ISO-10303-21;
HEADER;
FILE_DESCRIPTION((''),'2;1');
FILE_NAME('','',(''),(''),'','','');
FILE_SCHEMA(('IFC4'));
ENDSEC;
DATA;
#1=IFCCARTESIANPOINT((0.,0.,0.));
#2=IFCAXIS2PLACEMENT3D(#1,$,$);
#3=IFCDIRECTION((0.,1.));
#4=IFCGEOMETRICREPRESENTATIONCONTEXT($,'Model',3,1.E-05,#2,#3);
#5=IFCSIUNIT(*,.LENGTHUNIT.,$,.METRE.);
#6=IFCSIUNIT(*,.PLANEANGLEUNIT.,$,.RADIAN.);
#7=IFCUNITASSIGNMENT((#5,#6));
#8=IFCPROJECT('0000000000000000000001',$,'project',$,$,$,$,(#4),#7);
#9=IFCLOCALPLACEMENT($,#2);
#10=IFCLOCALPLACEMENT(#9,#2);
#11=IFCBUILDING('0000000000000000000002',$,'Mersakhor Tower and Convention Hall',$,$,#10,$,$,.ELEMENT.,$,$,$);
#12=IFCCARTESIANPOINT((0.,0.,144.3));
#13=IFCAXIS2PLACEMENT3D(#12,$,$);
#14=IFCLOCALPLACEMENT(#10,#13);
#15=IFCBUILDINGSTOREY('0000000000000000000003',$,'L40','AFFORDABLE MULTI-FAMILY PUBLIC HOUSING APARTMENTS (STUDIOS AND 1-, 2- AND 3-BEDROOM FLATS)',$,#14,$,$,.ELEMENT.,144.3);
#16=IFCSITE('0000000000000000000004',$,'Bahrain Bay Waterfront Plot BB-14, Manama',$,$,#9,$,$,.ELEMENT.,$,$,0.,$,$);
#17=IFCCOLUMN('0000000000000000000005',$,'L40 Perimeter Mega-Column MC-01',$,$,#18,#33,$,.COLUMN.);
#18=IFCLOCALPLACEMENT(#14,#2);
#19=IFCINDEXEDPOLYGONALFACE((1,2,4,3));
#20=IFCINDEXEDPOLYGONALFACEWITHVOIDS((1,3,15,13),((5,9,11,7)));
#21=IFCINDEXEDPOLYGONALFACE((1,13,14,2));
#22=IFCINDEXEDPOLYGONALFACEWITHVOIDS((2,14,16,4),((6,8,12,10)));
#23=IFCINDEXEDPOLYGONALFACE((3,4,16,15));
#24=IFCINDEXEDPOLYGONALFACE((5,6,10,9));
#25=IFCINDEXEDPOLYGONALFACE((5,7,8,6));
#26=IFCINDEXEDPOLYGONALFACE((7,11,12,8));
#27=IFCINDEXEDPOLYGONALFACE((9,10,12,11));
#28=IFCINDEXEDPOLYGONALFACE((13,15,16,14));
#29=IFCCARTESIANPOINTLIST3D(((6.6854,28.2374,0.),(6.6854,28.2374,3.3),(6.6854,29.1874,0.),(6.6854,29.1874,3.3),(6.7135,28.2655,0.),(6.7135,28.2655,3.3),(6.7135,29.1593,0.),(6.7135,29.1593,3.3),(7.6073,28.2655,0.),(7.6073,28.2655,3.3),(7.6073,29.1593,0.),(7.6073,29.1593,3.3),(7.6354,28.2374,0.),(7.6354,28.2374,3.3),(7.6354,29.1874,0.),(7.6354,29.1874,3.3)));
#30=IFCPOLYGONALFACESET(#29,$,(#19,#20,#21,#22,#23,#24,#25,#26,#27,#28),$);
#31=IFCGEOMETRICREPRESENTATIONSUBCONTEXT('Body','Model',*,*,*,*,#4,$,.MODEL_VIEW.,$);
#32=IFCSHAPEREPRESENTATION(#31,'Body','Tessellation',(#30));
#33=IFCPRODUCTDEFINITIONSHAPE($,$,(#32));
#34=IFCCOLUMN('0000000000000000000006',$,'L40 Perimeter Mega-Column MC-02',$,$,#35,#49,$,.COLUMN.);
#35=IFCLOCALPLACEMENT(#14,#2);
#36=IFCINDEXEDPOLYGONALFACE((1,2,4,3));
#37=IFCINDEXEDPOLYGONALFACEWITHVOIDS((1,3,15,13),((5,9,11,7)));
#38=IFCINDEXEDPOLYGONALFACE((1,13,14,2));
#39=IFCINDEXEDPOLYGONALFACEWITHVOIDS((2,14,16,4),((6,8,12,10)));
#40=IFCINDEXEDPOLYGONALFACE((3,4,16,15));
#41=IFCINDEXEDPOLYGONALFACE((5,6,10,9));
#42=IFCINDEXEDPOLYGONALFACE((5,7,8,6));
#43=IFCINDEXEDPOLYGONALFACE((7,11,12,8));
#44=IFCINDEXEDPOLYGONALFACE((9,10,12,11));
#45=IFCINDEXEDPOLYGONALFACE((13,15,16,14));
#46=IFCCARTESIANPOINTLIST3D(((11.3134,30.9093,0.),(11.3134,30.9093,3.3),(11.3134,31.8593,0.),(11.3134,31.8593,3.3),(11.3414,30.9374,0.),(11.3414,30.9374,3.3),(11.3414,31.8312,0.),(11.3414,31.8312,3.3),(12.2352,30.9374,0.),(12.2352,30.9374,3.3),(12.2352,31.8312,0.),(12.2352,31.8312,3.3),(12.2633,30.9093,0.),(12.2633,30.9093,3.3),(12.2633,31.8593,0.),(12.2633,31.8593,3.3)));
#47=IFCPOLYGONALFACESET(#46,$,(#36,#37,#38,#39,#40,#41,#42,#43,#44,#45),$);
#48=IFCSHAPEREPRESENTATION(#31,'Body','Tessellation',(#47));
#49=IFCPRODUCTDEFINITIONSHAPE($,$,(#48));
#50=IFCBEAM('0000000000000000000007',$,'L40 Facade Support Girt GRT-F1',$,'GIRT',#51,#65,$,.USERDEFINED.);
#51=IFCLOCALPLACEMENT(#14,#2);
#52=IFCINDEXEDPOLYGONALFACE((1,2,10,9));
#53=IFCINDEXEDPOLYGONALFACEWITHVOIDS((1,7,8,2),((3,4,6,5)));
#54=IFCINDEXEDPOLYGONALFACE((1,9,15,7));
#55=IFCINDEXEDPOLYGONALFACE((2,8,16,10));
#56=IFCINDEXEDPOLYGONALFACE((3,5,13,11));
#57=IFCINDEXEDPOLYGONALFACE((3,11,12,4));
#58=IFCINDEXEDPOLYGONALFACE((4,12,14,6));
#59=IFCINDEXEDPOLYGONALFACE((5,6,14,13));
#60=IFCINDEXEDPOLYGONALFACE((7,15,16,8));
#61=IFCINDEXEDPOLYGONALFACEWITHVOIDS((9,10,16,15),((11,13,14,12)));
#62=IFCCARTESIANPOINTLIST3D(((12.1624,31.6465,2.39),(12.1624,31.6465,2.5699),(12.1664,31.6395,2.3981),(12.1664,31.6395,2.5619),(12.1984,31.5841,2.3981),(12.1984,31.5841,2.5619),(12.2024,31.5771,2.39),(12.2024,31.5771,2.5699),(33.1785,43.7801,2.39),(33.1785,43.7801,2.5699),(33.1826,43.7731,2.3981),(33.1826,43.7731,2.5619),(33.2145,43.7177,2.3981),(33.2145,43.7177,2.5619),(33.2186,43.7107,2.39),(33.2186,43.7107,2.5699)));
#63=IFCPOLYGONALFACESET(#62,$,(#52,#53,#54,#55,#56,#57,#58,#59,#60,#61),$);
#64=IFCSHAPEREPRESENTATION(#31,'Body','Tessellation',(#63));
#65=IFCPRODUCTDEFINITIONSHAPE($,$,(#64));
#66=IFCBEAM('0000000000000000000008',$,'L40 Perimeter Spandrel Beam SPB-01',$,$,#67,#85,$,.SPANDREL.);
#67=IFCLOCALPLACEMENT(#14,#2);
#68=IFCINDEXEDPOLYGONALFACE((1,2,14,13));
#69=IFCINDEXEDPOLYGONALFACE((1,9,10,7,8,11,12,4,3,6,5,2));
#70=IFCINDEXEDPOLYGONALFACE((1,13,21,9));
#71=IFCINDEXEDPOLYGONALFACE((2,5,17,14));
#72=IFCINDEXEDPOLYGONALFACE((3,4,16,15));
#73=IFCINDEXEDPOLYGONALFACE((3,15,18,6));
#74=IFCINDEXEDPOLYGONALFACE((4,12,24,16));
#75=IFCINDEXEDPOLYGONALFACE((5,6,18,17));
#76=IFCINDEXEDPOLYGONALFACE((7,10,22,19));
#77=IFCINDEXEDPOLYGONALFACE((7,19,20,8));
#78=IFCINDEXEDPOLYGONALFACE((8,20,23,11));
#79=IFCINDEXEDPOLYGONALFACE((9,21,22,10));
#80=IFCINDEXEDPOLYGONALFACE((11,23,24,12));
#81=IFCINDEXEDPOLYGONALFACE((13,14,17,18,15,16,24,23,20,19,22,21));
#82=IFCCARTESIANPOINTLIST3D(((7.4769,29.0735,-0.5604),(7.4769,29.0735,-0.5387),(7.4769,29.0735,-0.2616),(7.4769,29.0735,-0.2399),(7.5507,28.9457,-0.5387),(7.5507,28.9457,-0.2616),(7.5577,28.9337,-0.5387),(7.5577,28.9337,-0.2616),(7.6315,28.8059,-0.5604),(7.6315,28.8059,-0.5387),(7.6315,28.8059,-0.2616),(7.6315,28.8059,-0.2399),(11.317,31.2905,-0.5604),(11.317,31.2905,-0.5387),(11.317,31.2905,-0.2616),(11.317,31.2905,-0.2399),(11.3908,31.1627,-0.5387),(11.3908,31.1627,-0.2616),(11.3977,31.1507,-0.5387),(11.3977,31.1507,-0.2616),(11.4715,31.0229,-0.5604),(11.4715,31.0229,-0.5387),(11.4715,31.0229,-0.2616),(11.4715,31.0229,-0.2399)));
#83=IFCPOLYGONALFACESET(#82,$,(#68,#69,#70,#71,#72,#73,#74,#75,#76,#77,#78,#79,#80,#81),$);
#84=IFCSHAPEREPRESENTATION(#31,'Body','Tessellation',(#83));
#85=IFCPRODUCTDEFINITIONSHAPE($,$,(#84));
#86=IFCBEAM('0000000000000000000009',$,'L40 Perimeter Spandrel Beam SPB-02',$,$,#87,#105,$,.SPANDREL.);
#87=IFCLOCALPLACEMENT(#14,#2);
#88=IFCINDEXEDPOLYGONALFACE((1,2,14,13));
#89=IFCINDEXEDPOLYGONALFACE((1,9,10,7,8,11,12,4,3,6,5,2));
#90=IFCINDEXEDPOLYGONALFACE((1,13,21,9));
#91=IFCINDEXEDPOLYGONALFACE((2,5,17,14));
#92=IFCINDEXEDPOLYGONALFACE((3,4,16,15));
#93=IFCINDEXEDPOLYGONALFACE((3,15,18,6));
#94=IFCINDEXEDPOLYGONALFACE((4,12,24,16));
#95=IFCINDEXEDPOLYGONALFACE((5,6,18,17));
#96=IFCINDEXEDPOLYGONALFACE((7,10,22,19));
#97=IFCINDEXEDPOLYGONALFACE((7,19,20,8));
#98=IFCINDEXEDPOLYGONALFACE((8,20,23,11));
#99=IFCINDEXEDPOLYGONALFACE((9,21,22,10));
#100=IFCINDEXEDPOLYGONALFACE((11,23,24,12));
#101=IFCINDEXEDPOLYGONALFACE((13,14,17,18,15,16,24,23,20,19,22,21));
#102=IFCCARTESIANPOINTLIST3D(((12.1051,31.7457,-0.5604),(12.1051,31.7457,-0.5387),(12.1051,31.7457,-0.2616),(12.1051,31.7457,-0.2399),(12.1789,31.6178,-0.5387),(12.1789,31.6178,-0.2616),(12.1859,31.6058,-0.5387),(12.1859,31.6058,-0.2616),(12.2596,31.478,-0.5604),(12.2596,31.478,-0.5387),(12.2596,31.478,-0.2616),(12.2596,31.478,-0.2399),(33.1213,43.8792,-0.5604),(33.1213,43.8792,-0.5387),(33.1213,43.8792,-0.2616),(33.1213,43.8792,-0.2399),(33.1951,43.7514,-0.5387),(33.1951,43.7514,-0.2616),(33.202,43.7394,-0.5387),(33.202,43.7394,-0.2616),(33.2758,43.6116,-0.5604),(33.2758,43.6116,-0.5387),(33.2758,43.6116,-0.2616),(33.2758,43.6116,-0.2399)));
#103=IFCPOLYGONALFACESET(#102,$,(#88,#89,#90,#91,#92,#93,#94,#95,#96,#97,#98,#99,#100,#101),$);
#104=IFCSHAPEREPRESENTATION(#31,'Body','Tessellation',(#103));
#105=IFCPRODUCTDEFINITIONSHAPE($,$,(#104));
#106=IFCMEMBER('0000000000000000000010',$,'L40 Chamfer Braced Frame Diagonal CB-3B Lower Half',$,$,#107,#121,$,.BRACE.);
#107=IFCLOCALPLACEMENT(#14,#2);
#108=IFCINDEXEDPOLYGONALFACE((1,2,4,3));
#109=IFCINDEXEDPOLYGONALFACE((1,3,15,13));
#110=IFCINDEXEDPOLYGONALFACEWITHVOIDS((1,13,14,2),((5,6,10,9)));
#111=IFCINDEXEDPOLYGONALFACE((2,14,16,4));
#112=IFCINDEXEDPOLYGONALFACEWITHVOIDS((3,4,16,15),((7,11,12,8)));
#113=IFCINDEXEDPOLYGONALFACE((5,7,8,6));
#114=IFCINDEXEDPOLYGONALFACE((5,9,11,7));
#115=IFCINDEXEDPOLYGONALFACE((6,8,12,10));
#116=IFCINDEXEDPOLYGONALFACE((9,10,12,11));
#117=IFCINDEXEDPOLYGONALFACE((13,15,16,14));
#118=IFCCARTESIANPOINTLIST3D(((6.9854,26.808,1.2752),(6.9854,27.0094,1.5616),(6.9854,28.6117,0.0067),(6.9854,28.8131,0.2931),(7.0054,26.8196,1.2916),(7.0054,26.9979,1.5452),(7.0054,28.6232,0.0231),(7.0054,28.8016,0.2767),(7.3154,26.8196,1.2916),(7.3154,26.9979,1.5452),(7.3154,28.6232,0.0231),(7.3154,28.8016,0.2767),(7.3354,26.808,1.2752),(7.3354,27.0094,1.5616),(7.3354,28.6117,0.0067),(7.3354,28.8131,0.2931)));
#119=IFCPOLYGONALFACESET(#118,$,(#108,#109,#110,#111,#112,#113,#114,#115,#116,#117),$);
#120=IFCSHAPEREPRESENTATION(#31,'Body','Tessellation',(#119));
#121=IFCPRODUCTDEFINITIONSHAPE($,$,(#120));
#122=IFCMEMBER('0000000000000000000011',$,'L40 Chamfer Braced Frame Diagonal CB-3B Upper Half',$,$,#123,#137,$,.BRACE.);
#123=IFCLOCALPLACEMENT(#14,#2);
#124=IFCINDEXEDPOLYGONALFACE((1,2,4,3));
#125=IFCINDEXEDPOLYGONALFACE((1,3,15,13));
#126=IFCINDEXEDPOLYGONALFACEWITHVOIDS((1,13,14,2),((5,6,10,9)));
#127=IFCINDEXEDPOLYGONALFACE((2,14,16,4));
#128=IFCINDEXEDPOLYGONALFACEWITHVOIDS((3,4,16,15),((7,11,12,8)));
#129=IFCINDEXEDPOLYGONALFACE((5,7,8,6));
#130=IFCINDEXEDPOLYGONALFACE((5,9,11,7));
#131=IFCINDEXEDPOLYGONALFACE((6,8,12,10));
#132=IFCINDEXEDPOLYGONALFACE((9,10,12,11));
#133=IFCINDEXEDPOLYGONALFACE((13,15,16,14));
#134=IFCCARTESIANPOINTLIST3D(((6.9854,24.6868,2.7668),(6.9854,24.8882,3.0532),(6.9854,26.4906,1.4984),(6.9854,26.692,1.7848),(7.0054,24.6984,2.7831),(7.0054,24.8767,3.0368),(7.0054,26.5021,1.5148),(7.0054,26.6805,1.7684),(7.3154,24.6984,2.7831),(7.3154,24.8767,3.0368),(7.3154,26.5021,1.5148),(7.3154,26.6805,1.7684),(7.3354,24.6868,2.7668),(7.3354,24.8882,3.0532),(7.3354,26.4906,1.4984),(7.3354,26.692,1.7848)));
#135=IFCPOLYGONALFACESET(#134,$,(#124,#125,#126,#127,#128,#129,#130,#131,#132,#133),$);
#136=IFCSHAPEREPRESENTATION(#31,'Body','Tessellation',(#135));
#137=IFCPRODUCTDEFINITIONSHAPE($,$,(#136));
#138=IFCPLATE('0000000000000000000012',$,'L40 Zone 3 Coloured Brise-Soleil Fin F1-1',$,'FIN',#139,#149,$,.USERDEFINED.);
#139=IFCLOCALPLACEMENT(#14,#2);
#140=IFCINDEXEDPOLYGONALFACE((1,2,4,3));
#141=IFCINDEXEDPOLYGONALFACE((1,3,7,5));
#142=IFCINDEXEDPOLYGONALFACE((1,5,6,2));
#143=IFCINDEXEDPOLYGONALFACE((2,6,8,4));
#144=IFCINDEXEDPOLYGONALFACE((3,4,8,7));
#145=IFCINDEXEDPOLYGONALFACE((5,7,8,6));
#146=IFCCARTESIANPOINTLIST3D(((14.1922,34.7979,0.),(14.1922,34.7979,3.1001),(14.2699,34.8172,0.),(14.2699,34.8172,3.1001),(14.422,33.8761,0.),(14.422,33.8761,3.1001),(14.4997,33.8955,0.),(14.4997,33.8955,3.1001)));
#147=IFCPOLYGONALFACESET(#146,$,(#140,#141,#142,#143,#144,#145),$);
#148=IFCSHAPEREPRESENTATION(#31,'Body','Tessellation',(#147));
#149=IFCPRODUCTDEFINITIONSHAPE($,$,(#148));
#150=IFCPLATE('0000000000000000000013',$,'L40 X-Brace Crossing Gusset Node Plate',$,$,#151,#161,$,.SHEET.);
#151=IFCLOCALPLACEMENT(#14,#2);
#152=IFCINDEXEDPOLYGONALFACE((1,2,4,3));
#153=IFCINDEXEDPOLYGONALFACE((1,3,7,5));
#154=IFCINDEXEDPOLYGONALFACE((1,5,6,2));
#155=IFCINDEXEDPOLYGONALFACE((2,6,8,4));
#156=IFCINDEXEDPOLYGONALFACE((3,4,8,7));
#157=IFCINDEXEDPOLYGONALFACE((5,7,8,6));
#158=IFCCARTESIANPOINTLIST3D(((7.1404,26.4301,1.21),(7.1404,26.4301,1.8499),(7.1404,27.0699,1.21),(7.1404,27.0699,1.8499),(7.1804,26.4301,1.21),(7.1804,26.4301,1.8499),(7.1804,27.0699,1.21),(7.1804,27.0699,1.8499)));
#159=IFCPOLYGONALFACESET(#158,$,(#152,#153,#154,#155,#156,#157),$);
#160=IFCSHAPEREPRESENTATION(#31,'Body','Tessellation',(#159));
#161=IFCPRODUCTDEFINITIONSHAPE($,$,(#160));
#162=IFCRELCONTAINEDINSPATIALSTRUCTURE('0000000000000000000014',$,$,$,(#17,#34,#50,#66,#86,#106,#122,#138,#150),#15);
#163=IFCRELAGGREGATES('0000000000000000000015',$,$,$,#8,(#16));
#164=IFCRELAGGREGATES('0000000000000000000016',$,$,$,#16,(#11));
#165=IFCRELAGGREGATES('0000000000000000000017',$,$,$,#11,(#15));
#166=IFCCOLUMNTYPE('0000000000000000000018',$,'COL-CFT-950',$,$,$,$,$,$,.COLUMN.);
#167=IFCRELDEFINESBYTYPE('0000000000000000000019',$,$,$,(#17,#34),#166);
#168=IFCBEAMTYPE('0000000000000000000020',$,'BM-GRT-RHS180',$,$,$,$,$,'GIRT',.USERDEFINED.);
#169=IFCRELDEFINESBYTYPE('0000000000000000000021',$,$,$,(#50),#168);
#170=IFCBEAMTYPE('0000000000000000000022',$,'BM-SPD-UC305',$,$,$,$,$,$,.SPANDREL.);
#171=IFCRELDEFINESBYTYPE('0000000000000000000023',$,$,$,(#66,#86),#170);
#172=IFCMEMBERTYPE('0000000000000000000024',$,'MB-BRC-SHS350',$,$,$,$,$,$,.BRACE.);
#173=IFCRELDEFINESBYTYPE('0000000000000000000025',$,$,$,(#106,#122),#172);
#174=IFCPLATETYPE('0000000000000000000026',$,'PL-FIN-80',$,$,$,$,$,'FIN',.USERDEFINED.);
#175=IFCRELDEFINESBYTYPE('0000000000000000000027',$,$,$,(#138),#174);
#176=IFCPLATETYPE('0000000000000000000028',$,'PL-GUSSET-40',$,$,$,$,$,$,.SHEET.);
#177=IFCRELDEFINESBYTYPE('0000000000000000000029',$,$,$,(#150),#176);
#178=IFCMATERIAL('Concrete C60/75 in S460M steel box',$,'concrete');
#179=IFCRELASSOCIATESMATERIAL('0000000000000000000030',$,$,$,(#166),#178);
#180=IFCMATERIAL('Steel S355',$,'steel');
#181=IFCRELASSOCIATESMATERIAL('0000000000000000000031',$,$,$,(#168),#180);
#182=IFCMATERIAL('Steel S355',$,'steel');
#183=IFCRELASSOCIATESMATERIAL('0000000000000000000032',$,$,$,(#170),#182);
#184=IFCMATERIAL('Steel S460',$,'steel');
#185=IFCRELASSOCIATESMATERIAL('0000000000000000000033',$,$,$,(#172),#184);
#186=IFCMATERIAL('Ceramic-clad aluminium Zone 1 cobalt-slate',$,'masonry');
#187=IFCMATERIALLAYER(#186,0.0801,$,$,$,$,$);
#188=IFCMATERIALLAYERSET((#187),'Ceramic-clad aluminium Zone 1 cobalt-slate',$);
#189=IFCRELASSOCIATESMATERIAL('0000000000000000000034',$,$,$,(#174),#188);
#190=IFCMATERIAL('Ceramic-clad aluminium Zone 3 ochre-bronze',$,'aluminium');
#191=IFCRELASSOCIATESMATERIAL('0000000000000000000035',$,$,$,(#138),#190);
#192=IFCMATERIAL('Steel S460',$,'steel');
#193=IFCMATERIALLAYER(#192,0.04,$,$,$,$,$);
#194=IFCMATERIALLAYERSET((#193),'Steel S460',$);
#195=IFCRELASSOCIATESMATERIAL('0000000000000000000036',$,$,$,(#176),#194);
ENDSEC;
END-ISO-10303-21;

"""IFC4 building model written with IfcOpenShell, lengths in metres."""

from ifc_helpers import new_model, si_unit, direction, frame, origin, origin_2d, place, context, subcontext, project, spatial, rectangle, hollow_rectangle, i_section, extrude, material, layer, layer_set, material_profile, profile_set, type_object, element, save


model = new_model("IFC4")

# Units and contexts
model_context = context("Model", 3, precision=1e-05, world=origin(), true_north=direction((0.0, 1.0)))
body_context = subcontext(model_context, "Body", "Model", "MODEL_VIEW")
ifc_project = project(units=[si_unit("LENGTHUNIT", "METRE"), si_unit("PLANEANGLEUNIT", "RADIAN")], contexts=[model_context])

# Site, building, storey
site_placement = place(None, origin())
site = spatial("IfcSite", under=ifc_project, at=site_placement, Name="Bahrain Bay Waterfront Plot BB-14, Manama", CompositionType="ELEMENT", RefElevation=0.0)
building_placement = place(site_placement, origin())
building = spatial("IfcBuilding", under=site, at=building_placement, Name="Mersakhor Tower and Convention Hall", CompositionType="ELEMENT")
storey_placement = place(building_placement, frame((0.0, 0.0, 144.3)))
storey = spatial("IfcBuildingStorey", under=building, at=storey_placement, Name="L40", Description="AFFORDABLE MULTI-FAMILY PUBLIC HOUSING APARTMENTS (STUDIOS AND 1-, 2- AND 3-BEDROOM FLATS)", CompositionType="ELEMENT", Elevation=144.3)

# Columns
ifc_material_1 = material(Name="Concrete C60/75 in S460M steel box", Category="concrete")
ifc_material_profile_1 = material_profile(ifc_material_1, hollow_rectangle(XDim=0.95, YDim=0.95, WallThickness=0.0281, at=origin_2d()), Name="SHS 950x950x28")
ifc_profile_set_1 = profile_set([ifc_material_profile_1], Name="Concrete C60/75 in S460M steel box")
column_type = type_object("IfcColumnType", Name="COL-CFT-950", PredefinedType="COLUMN", material=ifc_profile_set_1)
for number, where, z_axis, x_axis, name in (
    (1, (7.1604, 28.7124, 0.0), (0.0, 0.0, 1.0), (1.0, 0.0, 0.0), "L40 Perimeter Mega-Column MC-01"),
    (2, (11.7883, 31.3843, 0.0), (0.0, 0.0, 1.0), (1.0, 0.0, 0.0), "L40 Perimeter Mega-Column MC-02"),
):
    element("IfcColumn", number, at=place(storey_placement, frame(where, z_axis=z_axis, x_axis=x_axis)), inside=storey, type_object=column_type, Name=name, PredefinedType="COLUMN", context=body_context, shape_type="SweptSolid", body=[
        extrude(hollow_rectangle(XDim=0.95, YDim=0.95, WallThickness=0.0281, at=origin_2d()), origin(), (0.0, 0.0, 1.0), 3.3),
    ])

# Beams
ifc_material_2 = material(Name="Steel S355", Category="steel")
ifc_material_profile_2 = material_profile(ifc_material_2, hollow_rectangle(XDim=0.0801, YDim=0.1799, WallThickness=0.0081, at=origin_2d()), Name="RHS 180x80x8")
ifc_profile_set_2 = profile_set([ifc_material_profile_2], Name="Steel S355")
beam_type_1 = type_object("IfcBeamType", Name="BM-GRT-RHS180", ElementType="GIRT", PredefinedType="USERDEFINED", material=ifc_profile_set_2)
beam_1_placement = place(storey_placement, frame((12.1824, 31.6118, 2.48), z_axis=(0.866027, 0.499996, 0.0), x_axis=(-0.499996, 0.866027, 0.0)))
element("IfcBeam", 3, at=beam_1_placement, inside=storey, type_object=beam_type_1, Name="L40 Facade Support Girt GRT-F1", ObjectType="GIRT", PredefinedType="USERDEFINED", context=body_context, shape_type="SweptSolid", body=[
    extrude(hollow_rectangle(XDim=0.0801, YDim=0.1799, WallThickness=0.0081, at=origin_2d()), origin(), (0.0, 0.0, 1.0), 24.2673),
])
ifc_material_3 = material(Name="Steel S355", Category="steel")
ifc_material_profile_3 = material_profile(ifc_material_3, i_section(OverallWidth=0.3091, OverallDepth=0.3206, WebThickness=0.0139, FlangeThickness=0.0217, at=origin_2d()), Name="UC 305x305x137")
ifc_profile_set_3 = profile_set([ifc_material_profile_3], Name="Steel S355")
beam_type_2 = type_object("IfcBeamType", Name="BM-SPD-UC305", PredefinedType="SPANDREL", material=ifc_profile_set_3)
beam_2_placement = place(storey_placement, frame((7.5542, 28.9397, -0.4001), z_axis=(0.866029, 0.499994, 0.0), x_axis=(-0.499994, 0.866029, 0.0)))
element("IfcBeam", 4, at=beam_2_placement, inside=storey, type_object=beam_type_2, Name="L40 Perimeter Spandrel Beam SPB-01", PredefinedType="SPANDREL", context=body_context, shape_type="SweptSolid", body=[
    extrude(i_section(OverallWidth=0.3091, OverallDepth=0.3206, WebThickness=0.0139, FlangeThickness=0.0217, at=origin_2d()), origin(), (0.0, 0.0, 1.0), 4.4341),
])
beam_3_placement = place(storey_placement, frame((12.1824, 31.6118, -0.4001), z_axis=(0.866027, 0.499996, 0.0), x_axis=(-0.499996, 0.866027, 0.0)))
element("IfcBeam", 5, at=beam_3_placement, inside=storey, type_object=beam_type_2, Name="L40 Perimeter Spandrel Beam SPB-02", PredefinedType="SPANDREL", context=body_context, shape_type="SweptSolid", body=[
    extrude(i_section(OverallWidth=0.3091, OverallDepth=0.3206, WebThickness=0.0139, FlangeThickness=0.0217, at=origin_2d()), origin(), (0.0, 0.0, 1.0), 24.2673),
])

# Members
ifc_material_4 = material(Name="Steel S460", Category="steel")
ifc_material_profile_4 = material_profile(ifc_material_4, hollow_rectangle(XDim=0.3501, YDim=0.3501, WallThickness=0.02, at=origin_2d()), Name="SHS 350x350x20")
ifc_profile_set_4 = profile_set([ifc_material_profile_4], Name="Steel S460")
member_type = type_object("IfcMemberType", Name="MB-BRC-SHS350", PredefinedType="BRACE", material=ifc_profile_set_4)
for number, where, z_axis, x_axis, name in (
    (6, (7.1604, 28.7124, 0.1499), (0.0, -0.817961, 0.575274), (1.0, 0.0, 0.0), "L40 Chamfer Braced Frame Diagonal CB-3B Lower Half"),
    (7, (7.1604, 26.5913, 1.6416), (0.0, -0.818013, 0.5752), (1.0, 0.0, 0.0), "L40 Chamfer Braced Frame Diagonal CB-3B Upper Half"),
):
    element("IfcMember", number, at=place(storey_placement, frame(where, z_axis=z_axis, x_axis=x_axis)), inside=storey, type_object=member_type, Name=name, PredefinedType="BRACE", context=body_context, shape_type="SweptSolid", body=[
        extrude(hollow_rectangle(XDim=0.3501, YDim=0.3501, WallThickness=0.02, at=origin_2d()), origin(), (0.0, 0.0, 1.0), 2.2051),
    ])

# Plates
ifc_material_5 = material(Name="Ceramic-clad aluminium Zone 3 ochre-bronze", Category="aluminium")
ifc_material_6 = material(Name="Ceramic-clad aluminium Zone 1 cobalt-slate", Category="masonry")
ifc_layer_1 = layer(ifc_material_6, 0.0801)
ifc_layer_set_1 = layer_set([ifc_layer_1], Name="Ceramic-clad aluminium Zone 1 cobalt-slate")
plate_type_1 = type_object("IfcPlateType", Name="PL-FIN-80", ElementType="FIN", PredefinedType="USERDEFINED", material=ifc_layer_set_1)
plate_1_placement = place(storey_placement, frame((14.3459, 34.3467, 0.0), z_axis=(0.0, 0.0, 1.0), x_axis=(-0.241922, 0.970296, 0.0)))
element("IfcPlate", 8, at=plate_1_placement, inside=storey, type_object=plate_type_1, material=ifc_material_5, Name="L40 Zone 3 Coloured Brise-Soleil Fin F1-1", ObjectType="FIN", PredefinedType="USERDEFINED", context=body_context, shape_type="SweptSolid", body=[
    extrude(rectangle(XDim=0.95, YDim=0.0801, at=origin_2d()), origin(), (0.0, 0.0, 1.0), 3.1001),
])
ifc_material_7 = material(Name="Steel S460", Category="steel")
ifc_layer_2 = layer(ifc_material_7, 0.04)
ifc_layer_set_2 = layer_set([ifc_layer_2], Name="Steel S460")
plate_type_2 = type_object("IfcPlateType", Name="PL-GUSSET-40", PredefinedType="SHEET", material=ifc_layer_set_2)
plate_2_placement = place(storey_placement, frame((7.1604, 26.75, 1.21), z_axis=(0.0, 0.0, 1.0), x_axis=(0.0, -1.0, 0.0)))
element("IfcPlate", 9, at=plate_2_placement, inside=storey, type_object=plate_type_2, Name="L40 X-Brace Crossing Gusset Node Plate", PredefinedType="SHEET", context=body_context, shape_type="SweptSolid", body=[
    extrude(rectangle(XDim=0.6399, YDim=0.04, at=origin_2d()), origin(), (0.0, 0.0, 1.0), 0.6399),
])

save(model, "model.ifc")
